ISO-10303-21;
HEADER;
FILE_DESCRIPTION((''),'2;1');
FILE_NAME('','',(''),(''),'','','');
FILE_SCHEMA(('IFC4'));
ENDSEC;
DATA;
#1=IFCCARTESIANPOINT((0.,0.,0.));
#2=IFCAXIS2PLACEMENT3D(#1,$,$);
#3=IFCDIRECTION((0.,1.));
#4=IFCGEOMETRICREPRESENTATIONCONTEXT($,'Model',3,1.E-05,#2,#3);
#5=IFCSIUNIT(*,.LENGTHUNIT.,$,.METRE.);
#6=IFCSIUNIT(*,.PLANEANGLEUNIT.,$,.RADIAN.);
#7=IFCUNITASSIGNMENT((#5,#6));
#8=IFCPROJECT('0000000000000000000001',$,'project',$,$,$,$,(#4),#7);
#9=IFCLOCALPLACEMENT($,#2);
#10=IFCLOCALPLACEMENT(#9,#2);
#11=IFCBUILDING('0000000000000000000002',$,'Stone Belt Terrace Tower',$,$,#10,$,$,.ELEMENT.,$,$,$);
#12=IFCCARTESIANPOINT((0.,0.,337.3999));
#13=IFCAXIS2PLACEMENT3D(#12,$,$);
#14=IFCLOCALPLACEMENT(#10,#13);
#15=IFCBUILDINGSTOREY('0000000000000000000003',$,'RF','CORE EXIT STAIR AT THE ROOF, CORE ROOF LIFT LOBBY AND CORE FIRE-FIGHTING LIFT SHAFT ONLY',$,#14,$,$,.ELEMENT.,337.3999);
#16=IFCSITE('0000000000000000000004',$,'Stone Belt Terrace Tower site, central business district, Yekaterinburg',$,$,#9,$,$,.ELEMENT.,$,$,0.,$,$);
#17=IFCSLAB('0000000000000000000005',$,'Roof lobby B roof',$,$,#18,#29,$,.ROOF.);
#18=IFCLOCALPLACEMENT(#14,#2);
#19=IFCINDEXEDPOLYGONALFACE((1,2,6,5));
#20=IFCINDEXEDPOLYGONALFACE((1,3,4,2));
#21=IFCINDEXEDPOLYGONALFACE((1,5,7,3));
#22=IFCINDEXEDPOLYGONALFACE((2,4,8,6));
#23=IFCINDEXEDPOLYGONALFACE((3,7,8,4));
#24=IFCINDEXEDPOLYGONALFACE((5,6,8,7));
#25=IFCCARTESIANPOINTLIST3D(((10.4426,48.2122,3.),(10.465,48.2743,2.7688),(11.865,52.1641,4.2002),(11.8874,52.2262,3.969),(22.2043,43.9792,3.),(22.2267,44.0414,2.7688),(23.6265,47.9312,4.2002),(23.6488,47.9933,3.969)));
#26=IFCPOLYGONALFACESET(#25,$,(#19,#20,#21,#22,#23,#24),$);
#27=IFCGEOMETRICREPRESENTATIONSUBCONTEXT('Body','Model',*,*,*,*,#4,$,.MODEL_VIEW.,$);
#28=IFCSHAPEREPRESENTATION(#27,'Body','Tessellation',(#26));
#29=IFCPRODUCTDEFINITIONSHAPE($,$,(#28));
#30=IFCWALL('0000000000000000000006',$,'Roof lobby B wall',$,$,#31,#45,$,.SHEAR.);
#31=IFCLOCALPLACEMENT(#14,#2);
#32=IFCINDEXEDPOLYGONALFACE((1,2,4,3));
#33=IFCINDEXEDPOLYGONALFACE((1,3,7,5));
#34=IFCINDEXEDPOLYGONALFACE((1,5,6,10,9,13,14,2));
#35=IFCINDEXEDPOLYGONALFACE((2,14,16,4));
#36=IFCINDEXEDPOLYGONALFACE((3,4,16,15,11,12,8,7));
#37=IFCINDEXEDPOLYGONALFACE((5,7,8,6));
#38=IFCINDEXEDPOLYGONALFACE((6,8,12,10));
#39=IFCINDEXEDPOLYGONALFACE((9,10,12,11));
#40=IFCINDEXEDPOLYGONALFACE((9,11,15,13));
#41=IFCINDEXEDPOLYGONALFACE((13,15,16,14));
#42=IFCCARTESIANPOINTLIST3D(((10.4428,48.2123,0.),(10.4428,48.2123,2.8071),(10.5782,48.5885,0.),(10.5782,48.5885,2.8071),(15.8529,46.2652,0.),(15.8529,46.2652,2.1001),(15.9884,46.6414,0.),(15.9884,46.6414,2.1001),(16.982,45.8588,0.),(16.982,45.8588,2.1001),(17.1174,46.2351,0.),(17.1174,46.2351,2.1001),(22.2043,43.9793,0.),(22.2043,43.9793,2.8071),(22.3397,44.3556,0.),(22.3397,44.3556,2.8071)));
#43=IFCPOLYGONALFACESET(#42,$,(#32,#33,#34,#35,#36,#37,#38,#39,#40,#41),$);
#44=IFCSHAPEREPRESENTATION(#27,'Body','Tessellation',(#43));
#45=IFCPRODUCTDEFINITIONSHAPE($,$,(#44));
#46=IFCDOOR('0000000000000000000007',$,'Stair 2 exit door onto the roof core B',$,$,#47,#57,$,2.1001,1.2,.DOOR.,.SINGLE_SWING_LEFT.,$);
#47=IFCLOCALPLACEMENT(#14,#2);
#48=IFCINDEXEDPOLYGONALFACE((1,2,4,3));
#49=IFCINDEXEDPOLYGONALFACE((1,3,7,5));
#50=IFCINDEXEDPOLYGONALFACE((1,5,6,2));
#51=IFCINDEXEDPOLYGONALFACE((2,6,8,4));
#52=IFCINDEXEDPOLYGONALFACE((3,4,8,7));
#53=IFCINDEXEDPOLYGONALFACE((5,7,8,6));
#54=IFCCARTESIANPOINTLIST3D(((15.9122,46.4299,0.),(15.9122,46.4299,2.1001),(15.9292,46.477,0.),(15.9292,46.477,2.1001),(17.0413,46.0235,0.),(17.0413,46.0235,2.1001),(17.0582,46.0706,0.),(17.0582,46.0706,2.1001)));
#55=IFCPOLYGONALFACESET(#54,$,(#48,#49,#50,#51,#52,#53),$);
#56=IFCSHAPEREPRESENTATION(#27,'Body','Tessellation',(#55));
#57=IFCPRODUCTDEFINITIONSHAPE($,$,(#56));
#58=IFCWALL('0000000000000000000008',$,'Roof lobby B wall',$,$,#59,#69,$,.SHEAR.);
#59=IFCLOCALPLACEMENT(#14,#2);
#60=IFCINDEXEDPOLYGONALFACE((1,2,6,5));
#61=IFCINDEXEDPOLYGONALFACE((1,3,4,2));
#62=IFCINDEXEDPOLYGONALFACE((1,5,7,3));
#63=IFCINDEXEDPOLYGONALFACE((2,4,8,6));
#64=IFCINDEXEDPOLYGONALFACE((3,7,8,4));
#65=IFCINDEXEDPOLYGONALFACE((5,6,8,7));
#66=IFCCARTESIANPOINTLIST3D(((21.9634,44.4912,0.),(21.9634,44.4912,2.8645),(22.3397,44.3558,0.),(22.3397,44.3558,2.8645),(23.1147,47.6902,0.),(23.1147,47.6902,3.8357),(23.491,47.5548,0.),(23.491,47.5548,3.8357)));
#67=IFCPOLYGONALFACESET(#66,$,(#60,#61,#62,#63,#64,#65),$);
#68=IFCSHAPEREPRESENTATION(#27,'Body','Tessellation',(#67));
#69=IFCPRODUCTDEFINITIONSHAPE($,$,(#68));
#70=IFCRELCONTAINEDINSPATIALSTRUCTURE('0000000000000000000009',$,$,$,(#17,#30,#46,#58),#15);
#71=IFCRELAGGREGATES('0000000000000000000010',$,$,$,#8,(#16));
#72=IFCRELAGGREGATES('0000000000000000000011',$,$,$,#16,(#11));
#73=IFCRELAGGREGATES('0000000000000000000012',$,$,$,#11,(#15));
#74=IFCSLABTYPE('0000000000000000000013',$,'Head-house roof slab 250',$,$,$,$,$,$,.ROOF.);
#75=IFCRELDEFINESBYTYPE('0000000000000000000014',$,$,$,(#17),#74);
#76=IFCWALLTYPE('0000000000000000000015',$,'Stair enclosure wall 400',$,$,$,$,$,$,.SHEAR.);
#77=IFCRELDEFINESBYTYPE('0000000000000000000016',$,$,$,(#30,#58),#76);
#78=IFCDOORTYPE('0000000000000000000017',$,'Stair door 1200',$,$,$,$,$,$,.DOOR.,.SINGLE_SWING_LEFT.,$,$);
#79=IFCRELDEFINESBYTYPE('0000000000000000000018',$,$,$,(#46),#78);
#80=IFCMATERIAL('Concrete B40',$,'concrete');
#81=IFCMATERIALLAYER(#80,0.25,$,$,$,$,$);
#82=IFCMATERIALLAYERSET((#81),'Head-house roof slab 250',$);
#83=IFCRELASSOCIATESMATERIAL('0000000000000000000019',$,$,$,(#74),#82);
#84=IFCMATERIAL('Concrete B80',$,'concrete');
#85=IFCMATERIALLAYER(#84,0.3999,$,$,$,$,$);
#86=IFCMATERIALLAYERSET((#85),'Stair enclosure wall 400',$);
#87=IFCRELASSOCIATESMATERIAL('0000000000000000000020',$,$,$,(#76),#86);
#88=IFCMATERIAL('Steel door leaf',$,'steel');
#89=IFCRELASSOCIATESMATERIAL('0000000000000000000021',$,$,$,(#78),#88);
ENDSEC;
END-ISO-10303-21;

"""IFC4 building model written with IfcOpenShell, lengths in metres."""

from ifc_helpers import new_model, si_unit, direction, frame, frame_2d, origin, place, context, subcontext, project, spatial, polyline, rectangle, outline, extrude, material, layer, layer_set, type_object, element, fill, save


model = new_model("IFC4")

# Units and contexts
model_context = context("Model", 3, precision=1e-05, world=origin(), true_north=direction((0.0, 1.0)))
body_context = subcontext(model_context, "Body", "Model", "MODEL_VIEW")
ifc_project = project(units=[si_unit("LENGTHUNIT", "METRE"), si_unit("PLANEANGLEUNIT", "RADIAN")], contexts=[model_context])

# Site, building, storey
site_placement = place(None, origin())
site = spatial("IfcSite", under=ifc_project, at=site_placement, Name="Stone Belt Terrace Tower site, central business district, Yekaterinburg", CompositionType="ELEMENT", RefElevation=0.0)
building_placement = place(site_placement, origin())
building = spatial("IfcBuilding", under=site, at=building_placement, Name="Stone Belt Terrace Tower", CompositionType="ELEMENT")
storey_placement = place(building_placement, frame((0.0, 0.0, 337.3999)))
storey = spatial("IfcBuildingStorey", under=building, at=storey_placement, Name="RF", Description="CORE EXIT STAIR AT THE ROOF, CORE ROOF LIFT LOBBY AND CORE FIRE-FIGHTING LIFT SHAFT ONLY", CompositionType="ELEMENT", Elevation=337.3999)

# Slab
ifc_material_1 = material(Name="Concrete B40", Category="concrete")
ifc_layer_1 = layer(ifc_material_1, 0.25)
ifc_layer_set_1 = layer_set([ifc_layer_1], Name="Head-house roof slab 250")
slab_type = type_object("IfcSlabType", Name="Head-house roof slab 250", PredefinedType="ROOF", material=ifc_layer_set_1)
slab_placement = place(storey_placement, frame((22.2043, 43.9792, 3.0), z_axis=(-0.093042, -0.258527, 0.961513), x_axis=(-0.940921, 0.338627, -0.000001)))
element("IfcSlab", 1, at=slab_placement, inside=storey, type_object=slab_type, Name="Roof lobby B roof", PredefinedType="ROOF", context=body_context, shape_type="SweptSolid", body=[
    extrude(outline(polyline([(0.0, 0.0), (12.5002, 0.0), (12.5001, -4.3682), (0.0001, -4.3681), (0.0, 0.0)])), origin(), (0.0, 0.0, -1.0), 0.2405),
])

# Wall, opening, door
ifc_material_2 = material(Name="Concrete B80", Category="concrete")
ifc_layer_2 = layer(ifc_material_2, 0.3999)
ifc_layer_set_2 = layer_set([ifc_layer_2], Name="Stair enclosure wall 400")
wall_type = type_object("IfcWallType", Name="Stair enclosure wall 400", PredefinedType="SHEAR", material=ifc_layer_set_2)
wall_1_placement = place(storey_placement, frame((22.272, 44.1675, 0.0), z_axis=(0.0, 0.0, 1.0), x_axis=(-0.940919, 0.338633, 0.0)))
wall_1 = element("IfcWall", 2, at=wall_1_placement, inside=storey, type_object=wall_type, Name="Roof lobby B wall", PredefinedType="SHEAR", context=body_context, shape_type="SweptSolid", body=[
    extrude(rectangle(XDim=12.5, YDim=0.3999, at=frame_2d((6.25, 0.0))), origin(), (0.0, 0.0, 1.0), 2.8071),
])
opening_placement = place(wall_1_placement, frame((5.55, 0.0, 0.0)))
opening = element("IfcOpeningElement", 3, at=opening_placement, cuts=wall_1, PredefinedType="OPENING", context=body_context, shape_type="SweptSolid", body=[
    extrude(rectangle(XDim=1.2, YDim=2.1001, at=frame_2d((0.6001, 1.05))), frame((0.0, 0.21, 0.0), z_axis=(0.0, -1.0, 0.0), x_axis=(1.0, 0.0, 0.0)), (0.0, 0.0, 1.0), 0.4199),
])
ifc_material_3 = material(Name="Steel door leaf", Category="steel")
door_type = type_object("IfcDoorType", Name="Stair door 1200", OperationType="SINGLE_SWING_LEFT", PredefinedType="DOOR", material=ifc_material_3)
door_placement = place(opening_placement, origin())
door = element("IfcDoor", 4, at=door_placement, inside=storey, type_object=door_type, Name="Stair 2 exit door onto the roof core B", OperationType="SINGLE_SWING_LEFT", OverallHeight=2.1001, OverallWidth=1.2, PredefinedType="DOOR", context=body_context, shape_type="SweptSolid", body=[
    extrude(rectangle(XDim=1.2, YDim=2.1001, at=frame_2d((0.6001, 1.05))), frame((0.0, 0.0249, 0.0), z_axis=(0.0, -1.0, 0.0), x_axis=(1.0, 0.0, 0.0)), (0.0, 0.0, 1.0), 0.05),
])
fill(opening, door)

# Wall
wall_2_placement = place(storey_placement, frame((21.9634, 44.4912, 2.8645), z_axis=(-0.940912, 0.338651, 0.0), x_axis=(0.325626, 0.904724, 0.274669)))
element("IfcWall", 5, at=wall_2_placement, inside=storey, type_object=wall_type, Name="Roof lobby B wall", PredefinedType="SHEAR", context=body_context, shape_type="SweptSolid", body=[
    extrude(outline(polyline([(0.0, 0.0), (3.5359, 0.0), (2.4823, 3.6882), (-0.7868, 2.7543), (0.0, 0.0)])), origin(), (0.0, 0.0, -1.0), 0.3999),
])

save(model, "model.ifc")
